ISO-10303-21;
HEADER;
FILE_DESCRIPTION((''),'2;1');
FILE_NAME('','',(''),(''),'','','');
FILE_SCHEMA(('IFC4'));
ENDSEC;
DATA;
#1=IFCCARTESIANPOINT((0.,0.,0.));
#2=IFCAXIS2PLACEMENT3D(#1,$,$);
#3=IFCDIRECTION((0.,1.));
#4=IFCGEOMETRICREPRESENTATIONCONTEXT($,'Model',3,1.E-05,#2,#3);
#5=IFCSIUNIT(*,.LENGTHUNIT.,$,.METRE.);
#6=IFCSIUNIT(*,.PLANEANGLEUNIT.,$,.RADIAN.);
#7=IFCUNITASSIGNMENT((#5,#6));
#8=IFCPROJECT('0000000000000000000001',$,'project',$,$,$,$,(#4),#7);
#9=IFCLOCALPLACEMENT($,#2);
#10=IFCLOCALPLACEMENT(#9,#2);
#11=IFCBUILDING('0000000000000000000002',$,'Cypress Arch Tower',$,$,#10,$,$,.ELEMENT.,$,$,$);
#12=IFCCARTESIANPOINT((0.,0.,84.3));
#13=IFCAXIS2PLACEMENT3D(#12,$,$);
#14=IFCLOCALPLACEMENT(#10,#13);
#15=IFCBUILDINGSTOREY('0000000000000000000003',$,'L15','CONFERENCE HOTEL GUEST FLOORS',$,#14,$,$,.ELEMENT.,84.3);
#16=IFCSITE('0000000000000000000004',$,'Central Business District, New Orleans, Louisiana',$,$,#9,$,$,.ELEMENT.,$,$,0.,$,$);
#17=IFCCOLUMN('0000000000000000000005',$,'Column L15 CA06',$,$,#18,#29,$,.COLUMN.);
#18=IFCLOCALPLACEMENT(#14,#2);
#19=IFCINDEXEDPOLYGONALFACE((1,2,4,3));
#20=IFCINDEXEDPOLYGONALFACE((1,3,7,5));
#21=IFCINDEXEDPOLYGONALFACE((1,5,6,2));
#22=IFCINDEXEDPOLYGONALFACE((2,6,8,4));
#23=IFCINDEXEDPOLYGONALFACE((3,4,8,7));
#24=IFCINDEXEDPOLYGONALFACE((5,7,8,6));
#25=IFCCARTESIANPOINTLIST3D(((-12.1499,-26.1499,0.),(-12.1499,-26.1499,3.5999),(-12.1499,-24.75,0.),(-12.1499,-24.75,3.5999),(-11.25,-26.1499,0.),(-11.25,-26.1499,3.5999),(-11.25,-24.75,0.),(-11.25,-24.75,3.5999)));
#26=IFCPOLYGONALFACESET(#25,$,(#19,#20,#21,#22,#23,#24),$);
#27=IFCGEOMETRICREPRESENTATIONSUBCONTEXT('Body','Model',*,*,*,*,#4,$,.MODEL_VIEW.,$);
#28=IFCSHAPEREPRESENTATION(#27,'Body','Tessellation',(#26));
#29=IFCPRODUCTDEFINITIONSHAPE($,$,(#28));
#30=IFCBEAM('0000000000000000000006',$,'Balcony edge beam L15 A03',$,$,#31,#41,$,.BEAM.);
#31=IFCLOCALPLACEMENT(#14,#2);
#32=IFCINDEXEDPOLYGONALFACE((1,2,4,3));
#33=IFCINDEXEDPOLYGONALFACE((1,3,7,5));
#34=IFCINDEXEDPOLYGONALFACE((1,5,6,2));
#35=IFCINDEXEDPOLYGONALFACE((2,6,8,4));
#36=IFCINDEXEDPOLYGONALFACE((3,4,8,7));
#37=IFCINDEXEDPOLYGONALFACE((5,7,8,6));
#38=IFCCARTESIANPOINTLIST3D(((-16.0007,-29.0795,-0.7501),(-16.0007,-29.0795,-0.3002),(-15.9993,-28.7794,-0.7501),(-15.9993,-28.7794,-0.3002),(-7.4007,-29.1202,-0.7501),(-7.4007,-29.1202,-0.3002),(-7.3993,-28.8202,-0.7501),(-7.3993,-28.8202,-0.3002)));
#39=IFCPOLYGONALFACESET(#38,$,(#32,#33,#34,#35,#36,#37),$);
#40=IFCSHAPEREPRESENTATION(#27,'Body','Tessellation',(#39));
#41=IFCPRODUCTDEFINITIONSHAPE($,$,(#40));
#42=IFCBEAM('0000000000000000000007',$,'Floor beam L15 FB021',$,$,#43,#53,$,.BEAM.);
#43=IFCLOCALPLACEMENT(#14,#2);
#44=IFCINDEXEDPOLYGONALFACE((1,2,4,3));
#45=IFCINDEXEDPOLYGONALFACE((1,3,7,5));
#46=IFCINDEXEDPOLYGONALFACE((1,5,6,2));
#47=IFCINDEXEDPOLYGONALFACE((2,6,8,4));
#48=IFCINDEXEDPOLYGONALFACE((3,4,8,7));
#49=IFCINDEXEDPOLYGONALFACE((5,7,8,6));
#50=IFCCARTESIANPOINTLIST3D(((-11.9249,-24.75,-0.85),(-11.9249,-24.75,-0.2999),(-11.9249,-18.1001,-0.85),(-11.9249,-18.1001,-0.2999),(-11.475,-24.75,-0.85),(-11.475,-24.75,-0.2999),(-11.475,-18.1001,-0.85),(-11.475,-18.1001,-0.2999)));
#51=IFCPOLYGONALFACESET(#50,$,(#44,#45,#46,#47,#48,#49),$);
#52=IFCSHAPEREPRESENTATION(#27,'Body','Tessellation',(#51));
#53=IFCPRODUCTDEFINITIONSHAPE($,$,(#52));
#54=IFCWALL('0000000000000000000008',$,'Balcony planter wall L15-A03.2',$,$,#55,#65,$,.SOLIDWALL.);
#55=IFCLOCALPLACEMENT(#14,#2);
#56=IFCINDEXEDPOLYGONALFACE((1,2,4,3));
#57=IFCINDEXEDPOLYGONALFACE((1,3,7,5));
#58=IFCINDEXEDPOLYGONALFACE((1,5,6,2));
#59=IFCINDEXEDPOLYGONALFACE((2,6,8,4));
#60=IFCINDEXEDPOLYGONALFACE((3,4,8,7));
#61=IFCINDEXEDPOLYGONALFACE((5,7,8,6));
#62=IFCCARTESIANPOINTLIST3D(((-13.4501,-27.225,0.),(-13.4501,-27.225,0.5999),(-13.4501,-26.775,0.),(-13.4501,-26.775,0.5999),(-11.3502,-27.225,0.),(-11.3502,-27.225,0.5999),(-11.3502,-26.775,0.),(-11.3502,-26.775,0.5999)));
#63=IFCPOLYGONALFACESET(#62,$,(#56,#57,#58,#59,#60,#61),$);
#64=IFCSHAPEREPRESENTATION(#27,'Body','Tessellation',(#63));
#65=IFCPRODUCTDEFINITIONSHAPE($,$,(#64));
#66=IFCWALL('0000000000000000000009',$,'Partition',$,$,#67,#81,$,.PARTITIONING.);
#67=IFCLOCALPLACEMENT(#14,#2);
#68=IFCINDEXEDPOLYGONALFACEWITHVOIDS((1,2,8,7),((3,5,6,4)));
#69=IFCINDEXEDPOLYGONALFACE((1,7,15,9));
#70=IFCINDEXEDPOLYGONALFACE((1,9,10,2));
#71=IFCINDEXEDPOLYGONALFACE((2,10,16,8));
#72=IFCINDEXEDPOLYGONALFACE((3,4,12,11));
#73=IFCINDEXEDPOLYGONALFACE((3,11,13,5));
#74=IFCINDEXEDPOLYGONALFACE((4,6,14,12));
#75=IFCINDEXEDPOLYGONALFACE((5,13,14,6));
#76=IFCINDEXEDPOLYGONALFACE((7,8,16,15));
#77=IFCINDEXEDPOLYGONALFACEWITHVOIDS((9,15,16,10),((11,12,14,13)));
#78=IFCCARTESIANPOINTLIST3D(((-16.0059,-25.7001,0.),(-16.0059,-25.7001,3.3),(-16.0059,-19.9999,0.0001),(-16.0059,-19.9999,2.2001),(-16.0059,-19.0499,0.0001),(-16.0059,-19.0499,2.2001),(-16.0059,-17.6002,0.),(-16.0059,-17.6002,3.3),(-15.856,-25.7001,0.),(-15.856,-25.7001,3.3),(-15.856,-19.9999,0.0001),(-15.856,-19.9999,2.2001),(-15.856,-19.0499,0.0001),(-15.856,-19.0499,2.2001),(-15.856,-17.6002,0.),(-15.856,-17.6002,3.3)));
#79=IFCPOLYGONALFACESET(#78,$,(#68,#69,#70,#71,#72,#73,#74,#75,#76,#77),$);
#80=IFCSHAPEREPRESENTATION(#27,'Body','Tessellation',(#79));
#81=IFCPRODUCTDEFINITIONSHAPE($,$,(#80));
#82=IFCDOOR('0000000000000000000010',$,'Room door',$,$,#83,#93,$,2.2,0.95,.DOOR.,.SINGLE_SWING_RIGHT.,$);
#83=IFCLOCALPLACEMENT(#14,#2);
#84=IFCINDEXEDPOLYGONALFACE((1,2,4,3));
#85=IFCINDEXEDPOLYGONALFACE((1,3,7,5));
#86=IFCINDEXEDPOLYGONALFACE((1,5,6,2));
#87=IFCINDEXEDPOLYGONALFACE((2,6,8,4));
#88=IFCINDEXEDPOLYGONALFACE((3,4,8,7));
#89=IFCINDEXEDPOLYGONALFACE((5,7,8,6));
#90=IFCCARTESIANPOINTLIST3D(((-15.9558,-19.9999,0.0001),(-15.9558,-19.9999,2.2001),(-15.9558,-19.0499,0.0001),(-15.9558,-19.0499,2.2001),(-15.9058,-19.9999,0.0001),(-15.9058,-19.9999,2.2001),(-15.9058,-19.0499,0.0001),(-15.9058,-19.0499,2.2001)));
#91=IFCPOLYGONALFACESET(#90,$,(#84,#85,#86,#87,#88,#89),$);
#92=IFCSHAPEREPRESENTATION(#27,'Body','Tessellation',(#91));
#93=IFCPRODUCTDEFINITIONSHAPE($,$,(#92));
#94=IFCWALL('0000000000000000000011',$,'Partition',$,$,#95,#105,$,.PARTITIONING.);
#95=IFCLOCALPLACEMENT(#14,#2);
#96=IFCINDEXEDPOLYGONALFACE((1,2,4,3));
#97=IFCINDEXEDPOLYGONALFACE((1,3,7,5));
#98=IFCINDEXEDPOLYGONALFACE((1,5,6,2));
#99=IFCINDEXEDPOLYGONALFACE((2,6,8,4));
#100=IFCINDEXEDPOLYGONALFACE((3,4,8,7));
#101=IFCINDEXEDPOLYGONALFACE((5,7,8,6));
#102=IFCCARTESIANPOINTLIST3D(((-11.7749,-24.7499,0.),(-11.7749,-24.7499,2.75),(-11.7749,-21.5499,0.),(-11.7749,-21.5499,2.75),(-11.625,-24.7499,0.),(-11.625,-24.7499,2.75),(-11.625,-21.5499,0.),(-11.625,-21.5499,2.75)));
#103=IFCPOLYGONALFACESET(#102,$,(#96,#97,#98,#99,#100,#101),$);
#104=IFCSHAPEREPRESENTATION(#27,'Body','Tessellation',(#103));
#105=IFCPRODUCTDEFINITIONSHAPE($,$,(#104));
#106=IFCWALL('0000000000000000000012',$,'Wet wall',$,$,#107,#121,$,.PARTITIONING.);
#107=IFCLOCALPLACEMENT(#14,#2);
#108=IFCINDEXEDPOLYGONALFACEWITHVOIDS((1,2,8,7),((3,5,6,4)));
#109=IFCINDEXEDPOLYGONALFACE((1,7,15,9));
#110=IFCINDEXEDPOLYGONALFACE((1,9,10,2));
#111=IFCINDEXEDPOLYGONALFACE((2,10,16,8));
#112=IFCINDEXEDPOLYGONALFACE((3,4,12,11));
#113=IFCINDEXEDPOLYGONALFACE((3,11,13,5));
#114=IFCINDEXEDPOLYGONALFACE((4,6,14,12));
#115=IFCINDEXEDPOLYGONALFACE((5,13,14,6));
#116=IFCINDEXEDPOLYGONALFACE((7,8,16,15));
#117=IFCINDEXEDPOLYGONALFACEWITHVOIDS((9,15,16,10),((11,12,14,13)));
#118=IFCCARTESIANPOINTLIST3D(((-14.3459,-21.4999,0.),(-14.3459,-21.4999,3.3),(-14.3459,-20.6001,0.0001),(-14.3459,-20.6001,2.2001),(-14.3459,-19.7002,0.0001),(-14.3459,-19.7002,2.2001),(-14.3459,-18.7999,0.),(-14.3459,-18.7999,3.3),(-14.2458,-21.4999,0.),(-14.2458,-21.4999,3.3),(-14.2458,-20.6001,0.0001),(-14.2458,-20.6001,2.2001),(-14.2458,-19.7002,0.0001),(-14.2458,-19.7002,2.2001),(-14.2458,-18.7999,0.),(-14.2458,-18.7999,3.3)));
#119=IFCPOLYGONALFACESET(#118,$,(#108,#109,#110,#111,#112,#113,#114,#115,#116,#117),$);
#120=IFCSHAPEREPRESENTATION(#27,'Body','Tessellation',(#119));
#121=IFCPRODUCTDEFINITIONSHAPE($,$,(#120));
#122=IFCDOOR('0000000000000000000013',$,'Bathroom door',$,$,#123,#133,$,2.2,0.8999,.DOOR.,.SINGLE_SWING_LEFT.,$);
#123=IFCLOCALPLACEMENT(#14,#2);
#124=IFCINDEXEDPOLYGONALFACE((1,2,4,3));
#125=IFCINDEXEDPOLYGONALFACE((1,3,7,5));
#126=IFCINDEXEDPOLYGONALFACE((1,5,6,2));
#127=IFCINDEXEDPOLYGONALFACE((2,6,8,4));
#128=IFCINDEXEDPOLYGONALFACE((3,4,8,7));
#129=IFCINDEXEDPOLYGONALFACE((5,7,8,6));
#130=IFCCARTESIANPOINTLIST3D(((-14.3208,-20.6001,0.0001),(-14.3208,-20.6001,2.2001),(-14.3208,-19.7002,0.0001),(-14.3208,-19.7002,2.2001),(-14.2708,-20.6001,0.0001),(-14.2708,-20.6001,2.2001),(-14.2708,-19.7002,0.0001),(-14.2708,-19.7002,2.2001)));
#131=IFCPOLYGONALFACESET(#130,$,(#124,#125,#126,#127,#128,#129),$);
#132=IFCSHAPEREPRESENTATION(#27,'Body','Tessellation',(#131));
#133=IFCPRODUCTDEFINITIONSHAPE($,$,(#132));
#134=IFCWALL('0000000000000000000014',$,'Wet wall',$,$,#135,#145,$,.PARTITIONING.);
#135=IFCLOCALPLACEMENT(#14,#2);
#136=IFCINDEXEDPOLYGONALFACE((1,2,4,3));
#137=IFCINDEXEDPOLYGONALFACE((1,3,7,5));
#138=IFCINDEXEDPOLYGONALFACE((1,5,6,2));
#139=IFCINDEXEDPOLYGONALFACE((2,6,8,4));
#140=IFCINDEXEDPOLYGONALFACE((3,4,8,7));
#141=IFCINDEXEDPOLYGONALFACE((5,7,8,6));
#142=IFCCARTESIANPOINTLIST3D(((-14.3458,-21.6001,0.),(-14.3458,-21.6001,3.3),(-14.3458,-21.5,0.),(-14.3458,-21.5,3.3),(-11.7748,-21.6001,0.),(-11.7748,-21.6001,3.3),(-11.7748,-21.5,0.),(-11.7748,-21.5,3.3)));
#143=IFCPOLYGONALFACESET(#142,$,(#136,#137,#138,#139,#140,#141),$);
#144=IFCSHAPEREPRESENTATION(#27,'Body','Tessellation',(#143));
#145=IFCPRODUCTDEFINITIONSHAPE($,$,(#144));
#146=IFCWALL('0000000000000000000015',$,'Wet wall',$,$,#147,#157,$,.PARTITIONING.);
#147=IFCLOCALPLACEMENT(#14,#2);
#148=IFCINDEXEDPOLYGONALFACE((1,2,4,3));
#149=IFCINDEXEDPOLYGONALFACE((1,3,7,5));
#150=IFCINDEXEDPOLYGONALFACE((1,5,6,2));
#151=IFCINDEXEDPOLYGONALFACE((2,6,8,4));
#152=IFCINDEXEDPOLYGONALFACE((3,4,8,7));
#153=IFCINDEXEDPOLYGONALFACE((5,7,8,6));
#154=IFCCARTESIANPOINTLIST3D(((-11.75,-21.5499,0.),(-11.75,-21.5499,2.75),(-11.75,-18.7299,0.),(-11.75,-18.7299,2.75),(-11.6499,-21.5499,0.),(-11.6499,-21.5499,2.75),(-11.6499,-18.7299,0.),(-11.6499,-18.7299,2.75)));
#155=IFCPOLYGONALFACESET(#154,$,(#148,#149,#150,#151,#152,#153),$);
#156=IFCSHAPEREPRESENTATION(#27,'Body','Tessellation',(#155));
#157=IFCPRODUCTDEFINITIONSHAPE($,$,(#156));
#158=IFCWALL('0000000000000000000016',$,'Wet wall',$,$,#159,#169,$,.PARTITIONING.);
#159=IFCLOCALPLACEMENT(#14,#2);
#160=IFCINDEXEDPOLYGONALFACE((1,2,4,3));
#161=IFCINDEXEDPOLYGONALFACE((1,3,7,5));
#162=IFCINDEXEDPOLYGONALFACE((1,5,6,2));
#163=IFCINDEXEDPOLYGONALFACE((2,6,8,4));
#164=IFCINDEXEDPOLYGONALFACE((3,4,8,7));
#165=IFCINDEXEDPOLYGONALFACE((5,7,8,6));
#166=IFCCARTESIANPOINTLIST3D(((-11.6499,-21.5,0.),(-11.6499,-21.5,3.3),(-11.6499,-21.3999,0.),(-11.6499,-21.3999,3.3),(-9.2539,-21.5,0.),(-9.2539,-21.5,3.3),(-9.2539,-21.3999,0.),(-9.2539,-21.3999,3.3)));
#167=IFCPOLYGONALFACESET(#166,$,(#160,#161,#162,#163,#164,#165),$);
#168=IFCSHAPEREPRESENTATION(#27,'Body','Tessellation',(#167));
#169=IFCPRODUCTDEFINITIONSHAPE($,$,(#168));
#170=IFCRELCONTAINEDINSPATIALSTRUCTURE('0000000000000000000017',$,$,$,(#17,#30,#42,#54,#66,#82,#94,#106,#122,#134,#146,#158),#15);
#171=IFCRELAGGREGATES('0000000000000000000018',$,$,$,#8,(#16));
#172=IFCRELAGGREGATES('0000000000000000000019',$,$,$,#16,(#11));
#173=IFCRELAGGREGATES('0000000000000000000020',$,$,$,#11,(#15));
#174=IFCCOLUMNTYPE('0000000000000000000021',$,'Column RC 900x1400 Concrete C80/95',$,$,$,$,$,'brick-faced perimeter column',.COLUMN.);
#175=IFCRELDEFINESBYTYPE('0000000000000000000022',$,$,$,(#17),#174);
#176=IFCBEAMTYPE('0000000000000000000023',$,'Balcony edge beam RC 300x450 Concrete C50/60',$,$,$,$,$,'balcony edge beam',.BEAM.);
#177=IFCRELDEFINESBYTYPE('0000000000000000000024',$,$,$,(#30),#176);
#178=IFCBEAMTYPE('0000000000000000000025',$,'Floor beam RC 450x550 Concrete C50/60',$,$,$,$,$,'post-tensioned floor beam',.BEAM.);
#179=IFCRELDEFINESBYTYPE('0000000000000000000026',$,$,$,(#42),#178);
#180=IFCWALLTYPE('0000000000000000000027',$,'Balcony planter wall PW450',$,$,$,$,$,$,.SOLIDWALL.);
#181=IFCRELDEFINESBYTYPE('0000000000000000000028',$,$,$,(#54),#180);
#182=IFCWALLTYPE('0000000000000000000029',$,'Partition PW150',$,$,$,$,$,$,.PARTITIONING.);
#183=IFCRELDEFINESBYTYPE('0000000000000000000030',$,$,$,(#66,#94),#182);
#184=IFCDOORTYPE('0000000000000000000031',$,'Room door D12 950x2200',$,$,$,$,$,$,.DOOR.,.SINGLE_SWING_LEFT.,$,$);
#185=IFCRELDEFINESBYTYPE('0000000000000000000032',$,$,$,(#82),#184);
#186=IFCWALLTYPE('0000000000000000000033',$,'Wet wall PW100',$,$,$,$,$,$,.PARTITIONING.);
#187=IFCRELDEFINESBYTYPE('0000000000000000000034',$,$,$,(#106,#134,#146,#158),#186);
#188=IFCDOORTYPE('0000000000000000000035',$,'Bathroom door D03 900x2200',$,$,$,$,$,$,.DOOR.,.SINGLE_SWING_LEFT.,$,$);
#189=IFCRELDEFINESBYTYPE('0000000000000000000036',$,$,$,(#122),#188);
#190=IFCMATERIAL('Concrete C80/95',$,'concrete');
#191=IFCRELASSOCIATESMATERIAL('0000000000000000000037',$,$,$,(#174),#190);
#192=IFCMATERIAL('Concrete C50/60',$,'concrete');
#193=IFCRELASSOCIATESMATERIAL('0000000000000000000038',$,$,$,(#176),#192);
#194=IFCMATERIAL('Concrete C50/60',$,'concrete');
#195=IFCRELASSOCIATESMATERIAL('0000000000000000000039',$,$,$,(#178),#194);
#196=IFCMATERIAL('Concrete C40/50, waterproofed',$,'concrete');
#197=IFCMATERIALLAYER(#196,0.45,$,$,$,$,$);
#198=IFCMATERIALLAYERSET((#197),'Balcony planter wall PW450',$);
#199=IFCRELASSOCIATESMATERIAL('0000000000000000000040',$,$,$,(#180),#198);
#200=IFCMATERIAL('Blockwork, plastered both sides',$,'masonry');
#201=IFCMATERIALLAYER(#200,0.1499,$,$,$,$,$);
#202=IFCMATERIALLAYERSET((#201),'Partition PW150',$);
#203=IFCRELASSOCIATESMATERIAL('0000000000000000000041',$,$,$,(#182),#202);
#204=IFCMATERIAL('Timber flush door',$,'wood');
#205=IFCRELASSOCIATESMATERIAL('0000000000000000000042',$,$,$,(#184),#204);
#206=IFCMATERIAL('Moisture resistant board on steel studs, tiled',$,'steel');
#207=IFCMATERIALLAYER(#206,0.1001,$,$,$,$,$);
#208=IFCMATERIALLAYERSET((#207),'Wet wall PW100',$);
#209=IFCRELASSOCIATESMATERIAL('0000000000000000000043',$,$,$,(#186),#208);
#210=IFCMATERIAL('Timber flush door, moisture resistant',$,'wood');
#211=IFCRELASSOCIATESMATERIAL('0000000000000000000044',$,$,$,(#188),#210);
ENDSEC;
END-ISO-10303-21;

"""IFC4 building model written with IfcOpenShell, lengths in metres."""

from ifc_helpers import new_model, si_unit, direction, frame, frame_2d, origin, origin_2d, place, context, subcontext, project, spatial, rectangle, extrude, material, layer, layer_set, material_profile, profile_set, type_object, element, fill, save


model = new_model("IFC4")

# Units and contexts
model_context = context("Model", 3, precision=1e-05, world=origin(), true_north=direction((0.0, 1.0)))
body_context = subcontext(model_context, "Body", "Model", "MODEL_VIEW")
ifc_project = project(units=[si_unit("LENGTHUNIT", "METRE"), si_unit("PLANEANGLEUNIT", "RADIAN")], contexts=[model_context])

# Site, building, storey
site_placement = place(None, origin())
site = spatial("IfcSite", under=ifc_project, at=site_placement, Name="Central Business District, New Orleans, Louisiana", CompositionType="ELEMENT", RefElevation=0.0)
building_placement = place(site_placement, origin())
building = spatial("IfcBuilding", under=site, at=building_placement, Name="Cypress Arch Tower", CompositionType="ELEMENT")
storey_placement = place(building_placement, frame((0.0, 0.0, 84.3)))
storey = spatial("IfcBuildingStorey", under=building, at=storey_placement, Name="L15", Description="CONFERENCE HOTEL GUEST FLOORS", CompositionType="ELEMENT", Elevation=84.3)

# Column
ifc_material_1 = material(Name="Concrete C80/95", Category="concrete")
ifc_material_profile_1 = material_profile(ifc_material_1, rectangle(XDim=0.8999, YDim=1.3999, at=origin_2d()), Name="RC 900x1400")
ifc_profile_set_1 = profile_set([ifc_material_profile_1], Name="Concrete C80/95")
column_type = type_object("IfcColumnType", Name="Column RC 900x1400 Concrete C80/95", ElementType="brick-faced perimeter column", PredefinedType="COLUMN", material=ifc_profile_set_1)
column_placement = place(storey_placement, frame((-11.7, -25.45, 0.0), z_axis=(0.0, 0.0, 1.0), x_axis=(1.0, 0.0, 0.0)))
element("IfcColumn", 1, at=column_placement, inside=storey, type_object=column_type, Name="Column L15 CA06", PredefinedType="COLUMN", context=body_context, shape_type="SweptSolid", body=[
    extrude(rectangle(XDim=0.8999, YDim=1.3999, at=origin_2d()), origin(), (0.0, 0.0, 1.0), 3.5999),
])

# Beams
ifc_material_2 = material(Name="Concrete C50/60", Category="concrete")
ifc_material_profile_2 = material_profile(ifc_material_2, rectangle(XDim=0.3, YDim=0.45, at=origin_2d()), Name="RC 300x450")
ifc_profile_set_2 = profile_set([ifc_material_profile_2], Name="Concrete C50/60")
beam_type_1 = type_object("IfcBeamType", Name="Balcony edge beam RC 300x450 Concrete C50/60", ElementType="balcony edge beam", PredefinedType="BEAM", material=ifc_profile_set_2)
beam_1_placement = place(storey_placement, frame((-16.0, -28.9294, -0.5251), z_axis=(0.999989, -0.004741, 0.0), x_axis=(0.004741, 0.999989, 0.0)))
element("IfcBeam", 2, at=beam_1_placement, inside=storey, type_object=beam_type_1, Name="Balcony edge beam L15 A03", PredefinedType="BEAM", context=body_context, shape_type="SweptSolid", body=[
    extrude(rectangle(XDim=0.3, YDim=0.45, at=origin_2d()), origin(), (0.0, 0.0, 1.0), 8.6001),
])
ifc_material_3 = material(Name="Concrete C50/60", Category="concrete")
ifc_material_profile_3 = material_profile(ifc_material_3, rectangle(XDim=0.45, YDim=0.55, at=origin_2d()), Name="RC 450x550")
ifc_profile_set_3 = profile_set([ifc_material_profile_3], Name="Concrete C50/60")
beam_type_2 = type_object("IfcBeamType", Name="Floor beam RC 450x550 Concrete C50/60", ElementType="post-tensioned floor beam", PredefinedType="BEAM", material=ifc_profile_set_3)
beam_2_placement = place(storey_placement, frame((-11.7, -24.75, -0.575), z_axis=(0.0, 1.0, 0.0), x_axis=(-1.0, 0.0, 0.0)))
element("IfcBeam", 3, at=beam_2_placement, inside=storey, type_object=beam_type_2, Name="Floor beam L15 FB021", PredefinedType="BEAM", context=body_context, shape_type="SweptSolid", body=[
    extrude(rectangle(XDim=0.45, YDim=0.55, at=origin_2d()), origin(), (0.0, 0.0, 1.0), 6.6499),
])

# Wall
ifc_material_4 = material(Name="Concrete C40/50, waterproofed", Category="concrete")
ifc_layer_1 = layer(ifc_material_4, 0.45)
ifc_layer_set_1 = layer_set([ifc_layer_1], Name="Balcony planter wall PW450")
wall_type_1 = type_object("IfcWallType", Name="Balcony planter wall PW450", PredefinedType="SOLIDWALL", material=ifc_layer_set_1)
wall_1_placement = place(storey_placement, frame((-13.45, -27.0, 0.0), z_axis=(0.0, 0.0, 1.0), x_axis=(1.0, 0.0, 0.0)))
element("IfcWall", 4, at=wall_1_placement, inside=storey, type_object=wall_type_1, Name="Balcony planter wall L15-A03.2", PredefinedType="SOLIDWALL", context=body_context, shape_type="SweptSolid", body=[
    extrude(rectangle(XDim=2.0999, YDim=0.45, at=frame_2d((1.0498, 0.0))), origin(), (0.0, 0.0, 1.0), 0.5999),
])

# Wall, opening, door
ifc_material_5 = material(Name="Blockwork, plastered both sides", Category="masonry")
ifc_layer_2 = layer(ifc_material_5, 0.1499)
ifc_layer_set_2 = layer_set([ifc_layer_2], Name="Partition PW150")
wall_type_2 = type_object("IfcWallType", Name="Partition PW150", PredefinedType="PARTITIONING", material=ifc_layer_set_2)
wall_2_placement = place(storey_placement, frame((-15.9309, -25.7, 0.0), z_axis=(0.0, 0.0, 1.0), x_axis=(0.0, 1.0, 0.0)))
wall_2 = element("IfcWall", 5, at=wall_2_placement, inside=storey, type_object=wall_type_2, Name="Partition", PredefinedType="PARTITIONING", context=body_context, shape_type="SweptSolid", body=[
    extrude(rectangle(XDim=8.0999, YDim=0.1499, at=frame_2d((4.0498, 0.0))), origin(), (0.0, 0.0, 1.0), 3.3),
])
opening_1_placement = place(wall_2_placement, frame((5.7, 0.0, 0.0)))
opening_1 = element("IfcOpeningElement", 6, at=opening_1_placement, cuts=wall_2, PredefinedType="OPENING", context=body_context, shape_type="SweptSolid", body=[
    extrude(rectangle(XDim=0.95, YDim=2.2, at=frame_2d((0.4751, 1.1001))), frame((0.0, 0.085, 0.0), z_axis=(0.0, -1.0, 0.0), x_axis=(1.0, 0.0, 0.0)), (0.0, 0.0, 1.0), 0.1699),
])
ifc_material_6 = material(Name="Timber flush door", Category="wood")
door_type_1 = type_object("IfcDoorType", Name="Room door D12 950x2200", OperationType="SINGLE_SWING_LEFT", PredefinedType="DOOR", material=ifc_material_6)
door_1_placement = place(opening_1_placement, origin())
door_1 = element("IfcDoor", 7, at=door_1_placement, inside=storey, type_object=door_type_1, Name="Room door", OperationType="SINGLE_SWING_RIGHT", OverallHeight=2.2, OverallWidth=0.95, PredefinedType="DOOR", context=body_context, shape_type="SweptSolid", body=[
    extrude(rectangle(XDim=0.95, YDim=2.2, at=frame_2d((0.4751, 1.1001))), frame((0.0, 0.0249, 0.0), z_axis=(0.0, -1.0, 0.0), x_axis=(1.0, 0.0, 0.0)), (0.0, 0.0, 1.0), 0.05),
])
fill(opening_1, door_1)

# Wall
wall_3_placement = place(storey_placement, frame((-11.7, -24.75, 0.0), z_axis=(0.0, 0.0, 1.0), x_axis=(0.0, 1.0, 0.0)))
element("IfcWall", 8, at=wall_3_placement, inside=storey, type_object=wall_type_2, Name="Partition", PredefinedType="PARTITIONING", context=body_context, shape_type="SweptSolid", body=[
    extrude(rectangle(XDim=3.2, YDim=0.1499, at=frame_2d((1.6001, 0.0))), origin(), (0.0, 0.0, 1.0), 2.75),
])

# Wall, opening, door
ifc_material_7 = material(Name="Moisture resistant board on steel studs, tiled", Category="steel")
ifc_layer_3 = layer(ifc_material_7, 0.1001)
ifc_layer_set_3 = layer_set([ifc_layer_3], Name="Wet wall PW100")
wall_type_3 = type_object("IfcWallType", Name="Wet wall PW100", PredefinedType="PARTITIONING", material=ifc_layer_set_3)
wall_4_placement = place(storey_placement, frame((-14.2959, -21.5, 0.0), z_axis=(0.0, 0.0, 1.0), x_axis=(0.0, 1.0, 0.0)))
wall_4 = element("IfcWall", 9, at=wall_4_placement, inside=storey, type_object=wall_type_3, Name="Wet wall", PredefinedType="PARTITIONING", context=body_context, shape_type="SweptSolid", body=[
    extrude(rectangle(XDim=2.7, YDim=0.1001, at=frame_2d((1.3501, 0.0))), origin(), (0.0, 0.0, 1.0), 3.3),
])
opening_2_placement = place(wall_4_placement, frame((0.8999, 0.0, 0.0)))
opening_2 = element("IfcOpeningElement", 10, at=opening_2_placement, cuts=wall_4, PredefinedType="OPENING", context=body_context, shape_type="SweptSolid", body=[
    extrude(rectangle(XDim=0.8999, YDim=2.2, at=frame_2d((0.45, 1.1001))), frame((0.0, 0.0601, 0.0), z_axis=(0.0, -1.0, 0.0), x_axis=(1.0, 0.0, 0.0)), (0.0, 0.0, 1.0), 0.1201),
])
ifc_material_8 = material(Name="Timber flush door, moisture resistant", Category="wood")
door_type_2 = type_object("IfcDoorType", Name="Bathroom door D03 900x2200", OperationType="SINGLE_SWING_LEFT", PredefinedType="DOOR", material=ifc_material_8)
door_2_placement = place(opening_2_placement, origin())
door_2 = element("IfcDoor", 11, at=door_2_placement, inside=storey, type_object=door_type_2, Name="Bathroom door", OperationType="SINGLE_SWING_LEFT", OverallHeight=2.2, OverallWidth=0.8999, PredefinedType="DOOR", context=body_context, shape_type="SweptSolid", body=[
    extrude(rectangle(XDim=0.8999, YDim=2.2, at=frame_2d((0.45, 1.1001))), frame((0.0, 0.0249, 0.0), z_axis=(0.0, -1.0, 0.0), x_axis=(1.0, 0.0, 0.0)), (0.0, 0.0, 1.0), 0.05),
])
fill(opening_2, door_2)

# Walls
wall_5_placement = place(storey_placement, frame((-14.3459, -21.55, 0.0), z_axis=(0.0, 0.0, 1.0), x_axis=(1.0, 0.0, 0.0)))
element("IfcWall", 12, at=wall_5_placement, inside=storey, type_object=wall_type_3, Name="Wet wall", PredefinedType="PARTITIONING", context=body_context, shape_type="SweptSolid", body=[
    extrude(rectangle(XDim=2.571, YDim=0.1001, at=frame_2d((1.2856, 0.0))), origin(), (0.0, 0.0, 1.0), 3.3),
])
wall_6_placement = place(storey_placement, frame((-11.7, -21.55, 0.0), z_axis=(0.0, 0.0, 1.0), x_axis=(0.0, 1.0, 0.0)))
element("IfcWall", 13, at=wall_6_placement, inside=storey, type_object=wall_type_3, Name="Wet wall", PredefinedType="PARTITIONING", context=body_context, shape_type="SweptSolid", body=[
    extrude(rectangle(XDim=2.8201, YDim=0.1001, at=frame_2d((1.4102, 0.0))), origin(), (0.0, 0.0, 1.0), 2.75),
])
wall_7_placement = place(storey_placement, frame((-11.6499, -21.45, 0.0), z_axis=(0.0, 0.0, 1.0), x_axis=(1.0, 0.0, 0.0)))
element("IfcWall", 14, at=wall_7_placement, inside=storey, type_object=wall_type_3, Name="Wet wall", PredefinedType="PARTITIONING", context=body_context, shape_type="SweptSolid", body=[
    extrude(rectangle(XDim=2.396, YDim=0.1001, at=frame_2d((1.198, 0.0))), origin(), (0.0, 0.0, 1.0), 3.3),
])

save(model, "model.ifc")
